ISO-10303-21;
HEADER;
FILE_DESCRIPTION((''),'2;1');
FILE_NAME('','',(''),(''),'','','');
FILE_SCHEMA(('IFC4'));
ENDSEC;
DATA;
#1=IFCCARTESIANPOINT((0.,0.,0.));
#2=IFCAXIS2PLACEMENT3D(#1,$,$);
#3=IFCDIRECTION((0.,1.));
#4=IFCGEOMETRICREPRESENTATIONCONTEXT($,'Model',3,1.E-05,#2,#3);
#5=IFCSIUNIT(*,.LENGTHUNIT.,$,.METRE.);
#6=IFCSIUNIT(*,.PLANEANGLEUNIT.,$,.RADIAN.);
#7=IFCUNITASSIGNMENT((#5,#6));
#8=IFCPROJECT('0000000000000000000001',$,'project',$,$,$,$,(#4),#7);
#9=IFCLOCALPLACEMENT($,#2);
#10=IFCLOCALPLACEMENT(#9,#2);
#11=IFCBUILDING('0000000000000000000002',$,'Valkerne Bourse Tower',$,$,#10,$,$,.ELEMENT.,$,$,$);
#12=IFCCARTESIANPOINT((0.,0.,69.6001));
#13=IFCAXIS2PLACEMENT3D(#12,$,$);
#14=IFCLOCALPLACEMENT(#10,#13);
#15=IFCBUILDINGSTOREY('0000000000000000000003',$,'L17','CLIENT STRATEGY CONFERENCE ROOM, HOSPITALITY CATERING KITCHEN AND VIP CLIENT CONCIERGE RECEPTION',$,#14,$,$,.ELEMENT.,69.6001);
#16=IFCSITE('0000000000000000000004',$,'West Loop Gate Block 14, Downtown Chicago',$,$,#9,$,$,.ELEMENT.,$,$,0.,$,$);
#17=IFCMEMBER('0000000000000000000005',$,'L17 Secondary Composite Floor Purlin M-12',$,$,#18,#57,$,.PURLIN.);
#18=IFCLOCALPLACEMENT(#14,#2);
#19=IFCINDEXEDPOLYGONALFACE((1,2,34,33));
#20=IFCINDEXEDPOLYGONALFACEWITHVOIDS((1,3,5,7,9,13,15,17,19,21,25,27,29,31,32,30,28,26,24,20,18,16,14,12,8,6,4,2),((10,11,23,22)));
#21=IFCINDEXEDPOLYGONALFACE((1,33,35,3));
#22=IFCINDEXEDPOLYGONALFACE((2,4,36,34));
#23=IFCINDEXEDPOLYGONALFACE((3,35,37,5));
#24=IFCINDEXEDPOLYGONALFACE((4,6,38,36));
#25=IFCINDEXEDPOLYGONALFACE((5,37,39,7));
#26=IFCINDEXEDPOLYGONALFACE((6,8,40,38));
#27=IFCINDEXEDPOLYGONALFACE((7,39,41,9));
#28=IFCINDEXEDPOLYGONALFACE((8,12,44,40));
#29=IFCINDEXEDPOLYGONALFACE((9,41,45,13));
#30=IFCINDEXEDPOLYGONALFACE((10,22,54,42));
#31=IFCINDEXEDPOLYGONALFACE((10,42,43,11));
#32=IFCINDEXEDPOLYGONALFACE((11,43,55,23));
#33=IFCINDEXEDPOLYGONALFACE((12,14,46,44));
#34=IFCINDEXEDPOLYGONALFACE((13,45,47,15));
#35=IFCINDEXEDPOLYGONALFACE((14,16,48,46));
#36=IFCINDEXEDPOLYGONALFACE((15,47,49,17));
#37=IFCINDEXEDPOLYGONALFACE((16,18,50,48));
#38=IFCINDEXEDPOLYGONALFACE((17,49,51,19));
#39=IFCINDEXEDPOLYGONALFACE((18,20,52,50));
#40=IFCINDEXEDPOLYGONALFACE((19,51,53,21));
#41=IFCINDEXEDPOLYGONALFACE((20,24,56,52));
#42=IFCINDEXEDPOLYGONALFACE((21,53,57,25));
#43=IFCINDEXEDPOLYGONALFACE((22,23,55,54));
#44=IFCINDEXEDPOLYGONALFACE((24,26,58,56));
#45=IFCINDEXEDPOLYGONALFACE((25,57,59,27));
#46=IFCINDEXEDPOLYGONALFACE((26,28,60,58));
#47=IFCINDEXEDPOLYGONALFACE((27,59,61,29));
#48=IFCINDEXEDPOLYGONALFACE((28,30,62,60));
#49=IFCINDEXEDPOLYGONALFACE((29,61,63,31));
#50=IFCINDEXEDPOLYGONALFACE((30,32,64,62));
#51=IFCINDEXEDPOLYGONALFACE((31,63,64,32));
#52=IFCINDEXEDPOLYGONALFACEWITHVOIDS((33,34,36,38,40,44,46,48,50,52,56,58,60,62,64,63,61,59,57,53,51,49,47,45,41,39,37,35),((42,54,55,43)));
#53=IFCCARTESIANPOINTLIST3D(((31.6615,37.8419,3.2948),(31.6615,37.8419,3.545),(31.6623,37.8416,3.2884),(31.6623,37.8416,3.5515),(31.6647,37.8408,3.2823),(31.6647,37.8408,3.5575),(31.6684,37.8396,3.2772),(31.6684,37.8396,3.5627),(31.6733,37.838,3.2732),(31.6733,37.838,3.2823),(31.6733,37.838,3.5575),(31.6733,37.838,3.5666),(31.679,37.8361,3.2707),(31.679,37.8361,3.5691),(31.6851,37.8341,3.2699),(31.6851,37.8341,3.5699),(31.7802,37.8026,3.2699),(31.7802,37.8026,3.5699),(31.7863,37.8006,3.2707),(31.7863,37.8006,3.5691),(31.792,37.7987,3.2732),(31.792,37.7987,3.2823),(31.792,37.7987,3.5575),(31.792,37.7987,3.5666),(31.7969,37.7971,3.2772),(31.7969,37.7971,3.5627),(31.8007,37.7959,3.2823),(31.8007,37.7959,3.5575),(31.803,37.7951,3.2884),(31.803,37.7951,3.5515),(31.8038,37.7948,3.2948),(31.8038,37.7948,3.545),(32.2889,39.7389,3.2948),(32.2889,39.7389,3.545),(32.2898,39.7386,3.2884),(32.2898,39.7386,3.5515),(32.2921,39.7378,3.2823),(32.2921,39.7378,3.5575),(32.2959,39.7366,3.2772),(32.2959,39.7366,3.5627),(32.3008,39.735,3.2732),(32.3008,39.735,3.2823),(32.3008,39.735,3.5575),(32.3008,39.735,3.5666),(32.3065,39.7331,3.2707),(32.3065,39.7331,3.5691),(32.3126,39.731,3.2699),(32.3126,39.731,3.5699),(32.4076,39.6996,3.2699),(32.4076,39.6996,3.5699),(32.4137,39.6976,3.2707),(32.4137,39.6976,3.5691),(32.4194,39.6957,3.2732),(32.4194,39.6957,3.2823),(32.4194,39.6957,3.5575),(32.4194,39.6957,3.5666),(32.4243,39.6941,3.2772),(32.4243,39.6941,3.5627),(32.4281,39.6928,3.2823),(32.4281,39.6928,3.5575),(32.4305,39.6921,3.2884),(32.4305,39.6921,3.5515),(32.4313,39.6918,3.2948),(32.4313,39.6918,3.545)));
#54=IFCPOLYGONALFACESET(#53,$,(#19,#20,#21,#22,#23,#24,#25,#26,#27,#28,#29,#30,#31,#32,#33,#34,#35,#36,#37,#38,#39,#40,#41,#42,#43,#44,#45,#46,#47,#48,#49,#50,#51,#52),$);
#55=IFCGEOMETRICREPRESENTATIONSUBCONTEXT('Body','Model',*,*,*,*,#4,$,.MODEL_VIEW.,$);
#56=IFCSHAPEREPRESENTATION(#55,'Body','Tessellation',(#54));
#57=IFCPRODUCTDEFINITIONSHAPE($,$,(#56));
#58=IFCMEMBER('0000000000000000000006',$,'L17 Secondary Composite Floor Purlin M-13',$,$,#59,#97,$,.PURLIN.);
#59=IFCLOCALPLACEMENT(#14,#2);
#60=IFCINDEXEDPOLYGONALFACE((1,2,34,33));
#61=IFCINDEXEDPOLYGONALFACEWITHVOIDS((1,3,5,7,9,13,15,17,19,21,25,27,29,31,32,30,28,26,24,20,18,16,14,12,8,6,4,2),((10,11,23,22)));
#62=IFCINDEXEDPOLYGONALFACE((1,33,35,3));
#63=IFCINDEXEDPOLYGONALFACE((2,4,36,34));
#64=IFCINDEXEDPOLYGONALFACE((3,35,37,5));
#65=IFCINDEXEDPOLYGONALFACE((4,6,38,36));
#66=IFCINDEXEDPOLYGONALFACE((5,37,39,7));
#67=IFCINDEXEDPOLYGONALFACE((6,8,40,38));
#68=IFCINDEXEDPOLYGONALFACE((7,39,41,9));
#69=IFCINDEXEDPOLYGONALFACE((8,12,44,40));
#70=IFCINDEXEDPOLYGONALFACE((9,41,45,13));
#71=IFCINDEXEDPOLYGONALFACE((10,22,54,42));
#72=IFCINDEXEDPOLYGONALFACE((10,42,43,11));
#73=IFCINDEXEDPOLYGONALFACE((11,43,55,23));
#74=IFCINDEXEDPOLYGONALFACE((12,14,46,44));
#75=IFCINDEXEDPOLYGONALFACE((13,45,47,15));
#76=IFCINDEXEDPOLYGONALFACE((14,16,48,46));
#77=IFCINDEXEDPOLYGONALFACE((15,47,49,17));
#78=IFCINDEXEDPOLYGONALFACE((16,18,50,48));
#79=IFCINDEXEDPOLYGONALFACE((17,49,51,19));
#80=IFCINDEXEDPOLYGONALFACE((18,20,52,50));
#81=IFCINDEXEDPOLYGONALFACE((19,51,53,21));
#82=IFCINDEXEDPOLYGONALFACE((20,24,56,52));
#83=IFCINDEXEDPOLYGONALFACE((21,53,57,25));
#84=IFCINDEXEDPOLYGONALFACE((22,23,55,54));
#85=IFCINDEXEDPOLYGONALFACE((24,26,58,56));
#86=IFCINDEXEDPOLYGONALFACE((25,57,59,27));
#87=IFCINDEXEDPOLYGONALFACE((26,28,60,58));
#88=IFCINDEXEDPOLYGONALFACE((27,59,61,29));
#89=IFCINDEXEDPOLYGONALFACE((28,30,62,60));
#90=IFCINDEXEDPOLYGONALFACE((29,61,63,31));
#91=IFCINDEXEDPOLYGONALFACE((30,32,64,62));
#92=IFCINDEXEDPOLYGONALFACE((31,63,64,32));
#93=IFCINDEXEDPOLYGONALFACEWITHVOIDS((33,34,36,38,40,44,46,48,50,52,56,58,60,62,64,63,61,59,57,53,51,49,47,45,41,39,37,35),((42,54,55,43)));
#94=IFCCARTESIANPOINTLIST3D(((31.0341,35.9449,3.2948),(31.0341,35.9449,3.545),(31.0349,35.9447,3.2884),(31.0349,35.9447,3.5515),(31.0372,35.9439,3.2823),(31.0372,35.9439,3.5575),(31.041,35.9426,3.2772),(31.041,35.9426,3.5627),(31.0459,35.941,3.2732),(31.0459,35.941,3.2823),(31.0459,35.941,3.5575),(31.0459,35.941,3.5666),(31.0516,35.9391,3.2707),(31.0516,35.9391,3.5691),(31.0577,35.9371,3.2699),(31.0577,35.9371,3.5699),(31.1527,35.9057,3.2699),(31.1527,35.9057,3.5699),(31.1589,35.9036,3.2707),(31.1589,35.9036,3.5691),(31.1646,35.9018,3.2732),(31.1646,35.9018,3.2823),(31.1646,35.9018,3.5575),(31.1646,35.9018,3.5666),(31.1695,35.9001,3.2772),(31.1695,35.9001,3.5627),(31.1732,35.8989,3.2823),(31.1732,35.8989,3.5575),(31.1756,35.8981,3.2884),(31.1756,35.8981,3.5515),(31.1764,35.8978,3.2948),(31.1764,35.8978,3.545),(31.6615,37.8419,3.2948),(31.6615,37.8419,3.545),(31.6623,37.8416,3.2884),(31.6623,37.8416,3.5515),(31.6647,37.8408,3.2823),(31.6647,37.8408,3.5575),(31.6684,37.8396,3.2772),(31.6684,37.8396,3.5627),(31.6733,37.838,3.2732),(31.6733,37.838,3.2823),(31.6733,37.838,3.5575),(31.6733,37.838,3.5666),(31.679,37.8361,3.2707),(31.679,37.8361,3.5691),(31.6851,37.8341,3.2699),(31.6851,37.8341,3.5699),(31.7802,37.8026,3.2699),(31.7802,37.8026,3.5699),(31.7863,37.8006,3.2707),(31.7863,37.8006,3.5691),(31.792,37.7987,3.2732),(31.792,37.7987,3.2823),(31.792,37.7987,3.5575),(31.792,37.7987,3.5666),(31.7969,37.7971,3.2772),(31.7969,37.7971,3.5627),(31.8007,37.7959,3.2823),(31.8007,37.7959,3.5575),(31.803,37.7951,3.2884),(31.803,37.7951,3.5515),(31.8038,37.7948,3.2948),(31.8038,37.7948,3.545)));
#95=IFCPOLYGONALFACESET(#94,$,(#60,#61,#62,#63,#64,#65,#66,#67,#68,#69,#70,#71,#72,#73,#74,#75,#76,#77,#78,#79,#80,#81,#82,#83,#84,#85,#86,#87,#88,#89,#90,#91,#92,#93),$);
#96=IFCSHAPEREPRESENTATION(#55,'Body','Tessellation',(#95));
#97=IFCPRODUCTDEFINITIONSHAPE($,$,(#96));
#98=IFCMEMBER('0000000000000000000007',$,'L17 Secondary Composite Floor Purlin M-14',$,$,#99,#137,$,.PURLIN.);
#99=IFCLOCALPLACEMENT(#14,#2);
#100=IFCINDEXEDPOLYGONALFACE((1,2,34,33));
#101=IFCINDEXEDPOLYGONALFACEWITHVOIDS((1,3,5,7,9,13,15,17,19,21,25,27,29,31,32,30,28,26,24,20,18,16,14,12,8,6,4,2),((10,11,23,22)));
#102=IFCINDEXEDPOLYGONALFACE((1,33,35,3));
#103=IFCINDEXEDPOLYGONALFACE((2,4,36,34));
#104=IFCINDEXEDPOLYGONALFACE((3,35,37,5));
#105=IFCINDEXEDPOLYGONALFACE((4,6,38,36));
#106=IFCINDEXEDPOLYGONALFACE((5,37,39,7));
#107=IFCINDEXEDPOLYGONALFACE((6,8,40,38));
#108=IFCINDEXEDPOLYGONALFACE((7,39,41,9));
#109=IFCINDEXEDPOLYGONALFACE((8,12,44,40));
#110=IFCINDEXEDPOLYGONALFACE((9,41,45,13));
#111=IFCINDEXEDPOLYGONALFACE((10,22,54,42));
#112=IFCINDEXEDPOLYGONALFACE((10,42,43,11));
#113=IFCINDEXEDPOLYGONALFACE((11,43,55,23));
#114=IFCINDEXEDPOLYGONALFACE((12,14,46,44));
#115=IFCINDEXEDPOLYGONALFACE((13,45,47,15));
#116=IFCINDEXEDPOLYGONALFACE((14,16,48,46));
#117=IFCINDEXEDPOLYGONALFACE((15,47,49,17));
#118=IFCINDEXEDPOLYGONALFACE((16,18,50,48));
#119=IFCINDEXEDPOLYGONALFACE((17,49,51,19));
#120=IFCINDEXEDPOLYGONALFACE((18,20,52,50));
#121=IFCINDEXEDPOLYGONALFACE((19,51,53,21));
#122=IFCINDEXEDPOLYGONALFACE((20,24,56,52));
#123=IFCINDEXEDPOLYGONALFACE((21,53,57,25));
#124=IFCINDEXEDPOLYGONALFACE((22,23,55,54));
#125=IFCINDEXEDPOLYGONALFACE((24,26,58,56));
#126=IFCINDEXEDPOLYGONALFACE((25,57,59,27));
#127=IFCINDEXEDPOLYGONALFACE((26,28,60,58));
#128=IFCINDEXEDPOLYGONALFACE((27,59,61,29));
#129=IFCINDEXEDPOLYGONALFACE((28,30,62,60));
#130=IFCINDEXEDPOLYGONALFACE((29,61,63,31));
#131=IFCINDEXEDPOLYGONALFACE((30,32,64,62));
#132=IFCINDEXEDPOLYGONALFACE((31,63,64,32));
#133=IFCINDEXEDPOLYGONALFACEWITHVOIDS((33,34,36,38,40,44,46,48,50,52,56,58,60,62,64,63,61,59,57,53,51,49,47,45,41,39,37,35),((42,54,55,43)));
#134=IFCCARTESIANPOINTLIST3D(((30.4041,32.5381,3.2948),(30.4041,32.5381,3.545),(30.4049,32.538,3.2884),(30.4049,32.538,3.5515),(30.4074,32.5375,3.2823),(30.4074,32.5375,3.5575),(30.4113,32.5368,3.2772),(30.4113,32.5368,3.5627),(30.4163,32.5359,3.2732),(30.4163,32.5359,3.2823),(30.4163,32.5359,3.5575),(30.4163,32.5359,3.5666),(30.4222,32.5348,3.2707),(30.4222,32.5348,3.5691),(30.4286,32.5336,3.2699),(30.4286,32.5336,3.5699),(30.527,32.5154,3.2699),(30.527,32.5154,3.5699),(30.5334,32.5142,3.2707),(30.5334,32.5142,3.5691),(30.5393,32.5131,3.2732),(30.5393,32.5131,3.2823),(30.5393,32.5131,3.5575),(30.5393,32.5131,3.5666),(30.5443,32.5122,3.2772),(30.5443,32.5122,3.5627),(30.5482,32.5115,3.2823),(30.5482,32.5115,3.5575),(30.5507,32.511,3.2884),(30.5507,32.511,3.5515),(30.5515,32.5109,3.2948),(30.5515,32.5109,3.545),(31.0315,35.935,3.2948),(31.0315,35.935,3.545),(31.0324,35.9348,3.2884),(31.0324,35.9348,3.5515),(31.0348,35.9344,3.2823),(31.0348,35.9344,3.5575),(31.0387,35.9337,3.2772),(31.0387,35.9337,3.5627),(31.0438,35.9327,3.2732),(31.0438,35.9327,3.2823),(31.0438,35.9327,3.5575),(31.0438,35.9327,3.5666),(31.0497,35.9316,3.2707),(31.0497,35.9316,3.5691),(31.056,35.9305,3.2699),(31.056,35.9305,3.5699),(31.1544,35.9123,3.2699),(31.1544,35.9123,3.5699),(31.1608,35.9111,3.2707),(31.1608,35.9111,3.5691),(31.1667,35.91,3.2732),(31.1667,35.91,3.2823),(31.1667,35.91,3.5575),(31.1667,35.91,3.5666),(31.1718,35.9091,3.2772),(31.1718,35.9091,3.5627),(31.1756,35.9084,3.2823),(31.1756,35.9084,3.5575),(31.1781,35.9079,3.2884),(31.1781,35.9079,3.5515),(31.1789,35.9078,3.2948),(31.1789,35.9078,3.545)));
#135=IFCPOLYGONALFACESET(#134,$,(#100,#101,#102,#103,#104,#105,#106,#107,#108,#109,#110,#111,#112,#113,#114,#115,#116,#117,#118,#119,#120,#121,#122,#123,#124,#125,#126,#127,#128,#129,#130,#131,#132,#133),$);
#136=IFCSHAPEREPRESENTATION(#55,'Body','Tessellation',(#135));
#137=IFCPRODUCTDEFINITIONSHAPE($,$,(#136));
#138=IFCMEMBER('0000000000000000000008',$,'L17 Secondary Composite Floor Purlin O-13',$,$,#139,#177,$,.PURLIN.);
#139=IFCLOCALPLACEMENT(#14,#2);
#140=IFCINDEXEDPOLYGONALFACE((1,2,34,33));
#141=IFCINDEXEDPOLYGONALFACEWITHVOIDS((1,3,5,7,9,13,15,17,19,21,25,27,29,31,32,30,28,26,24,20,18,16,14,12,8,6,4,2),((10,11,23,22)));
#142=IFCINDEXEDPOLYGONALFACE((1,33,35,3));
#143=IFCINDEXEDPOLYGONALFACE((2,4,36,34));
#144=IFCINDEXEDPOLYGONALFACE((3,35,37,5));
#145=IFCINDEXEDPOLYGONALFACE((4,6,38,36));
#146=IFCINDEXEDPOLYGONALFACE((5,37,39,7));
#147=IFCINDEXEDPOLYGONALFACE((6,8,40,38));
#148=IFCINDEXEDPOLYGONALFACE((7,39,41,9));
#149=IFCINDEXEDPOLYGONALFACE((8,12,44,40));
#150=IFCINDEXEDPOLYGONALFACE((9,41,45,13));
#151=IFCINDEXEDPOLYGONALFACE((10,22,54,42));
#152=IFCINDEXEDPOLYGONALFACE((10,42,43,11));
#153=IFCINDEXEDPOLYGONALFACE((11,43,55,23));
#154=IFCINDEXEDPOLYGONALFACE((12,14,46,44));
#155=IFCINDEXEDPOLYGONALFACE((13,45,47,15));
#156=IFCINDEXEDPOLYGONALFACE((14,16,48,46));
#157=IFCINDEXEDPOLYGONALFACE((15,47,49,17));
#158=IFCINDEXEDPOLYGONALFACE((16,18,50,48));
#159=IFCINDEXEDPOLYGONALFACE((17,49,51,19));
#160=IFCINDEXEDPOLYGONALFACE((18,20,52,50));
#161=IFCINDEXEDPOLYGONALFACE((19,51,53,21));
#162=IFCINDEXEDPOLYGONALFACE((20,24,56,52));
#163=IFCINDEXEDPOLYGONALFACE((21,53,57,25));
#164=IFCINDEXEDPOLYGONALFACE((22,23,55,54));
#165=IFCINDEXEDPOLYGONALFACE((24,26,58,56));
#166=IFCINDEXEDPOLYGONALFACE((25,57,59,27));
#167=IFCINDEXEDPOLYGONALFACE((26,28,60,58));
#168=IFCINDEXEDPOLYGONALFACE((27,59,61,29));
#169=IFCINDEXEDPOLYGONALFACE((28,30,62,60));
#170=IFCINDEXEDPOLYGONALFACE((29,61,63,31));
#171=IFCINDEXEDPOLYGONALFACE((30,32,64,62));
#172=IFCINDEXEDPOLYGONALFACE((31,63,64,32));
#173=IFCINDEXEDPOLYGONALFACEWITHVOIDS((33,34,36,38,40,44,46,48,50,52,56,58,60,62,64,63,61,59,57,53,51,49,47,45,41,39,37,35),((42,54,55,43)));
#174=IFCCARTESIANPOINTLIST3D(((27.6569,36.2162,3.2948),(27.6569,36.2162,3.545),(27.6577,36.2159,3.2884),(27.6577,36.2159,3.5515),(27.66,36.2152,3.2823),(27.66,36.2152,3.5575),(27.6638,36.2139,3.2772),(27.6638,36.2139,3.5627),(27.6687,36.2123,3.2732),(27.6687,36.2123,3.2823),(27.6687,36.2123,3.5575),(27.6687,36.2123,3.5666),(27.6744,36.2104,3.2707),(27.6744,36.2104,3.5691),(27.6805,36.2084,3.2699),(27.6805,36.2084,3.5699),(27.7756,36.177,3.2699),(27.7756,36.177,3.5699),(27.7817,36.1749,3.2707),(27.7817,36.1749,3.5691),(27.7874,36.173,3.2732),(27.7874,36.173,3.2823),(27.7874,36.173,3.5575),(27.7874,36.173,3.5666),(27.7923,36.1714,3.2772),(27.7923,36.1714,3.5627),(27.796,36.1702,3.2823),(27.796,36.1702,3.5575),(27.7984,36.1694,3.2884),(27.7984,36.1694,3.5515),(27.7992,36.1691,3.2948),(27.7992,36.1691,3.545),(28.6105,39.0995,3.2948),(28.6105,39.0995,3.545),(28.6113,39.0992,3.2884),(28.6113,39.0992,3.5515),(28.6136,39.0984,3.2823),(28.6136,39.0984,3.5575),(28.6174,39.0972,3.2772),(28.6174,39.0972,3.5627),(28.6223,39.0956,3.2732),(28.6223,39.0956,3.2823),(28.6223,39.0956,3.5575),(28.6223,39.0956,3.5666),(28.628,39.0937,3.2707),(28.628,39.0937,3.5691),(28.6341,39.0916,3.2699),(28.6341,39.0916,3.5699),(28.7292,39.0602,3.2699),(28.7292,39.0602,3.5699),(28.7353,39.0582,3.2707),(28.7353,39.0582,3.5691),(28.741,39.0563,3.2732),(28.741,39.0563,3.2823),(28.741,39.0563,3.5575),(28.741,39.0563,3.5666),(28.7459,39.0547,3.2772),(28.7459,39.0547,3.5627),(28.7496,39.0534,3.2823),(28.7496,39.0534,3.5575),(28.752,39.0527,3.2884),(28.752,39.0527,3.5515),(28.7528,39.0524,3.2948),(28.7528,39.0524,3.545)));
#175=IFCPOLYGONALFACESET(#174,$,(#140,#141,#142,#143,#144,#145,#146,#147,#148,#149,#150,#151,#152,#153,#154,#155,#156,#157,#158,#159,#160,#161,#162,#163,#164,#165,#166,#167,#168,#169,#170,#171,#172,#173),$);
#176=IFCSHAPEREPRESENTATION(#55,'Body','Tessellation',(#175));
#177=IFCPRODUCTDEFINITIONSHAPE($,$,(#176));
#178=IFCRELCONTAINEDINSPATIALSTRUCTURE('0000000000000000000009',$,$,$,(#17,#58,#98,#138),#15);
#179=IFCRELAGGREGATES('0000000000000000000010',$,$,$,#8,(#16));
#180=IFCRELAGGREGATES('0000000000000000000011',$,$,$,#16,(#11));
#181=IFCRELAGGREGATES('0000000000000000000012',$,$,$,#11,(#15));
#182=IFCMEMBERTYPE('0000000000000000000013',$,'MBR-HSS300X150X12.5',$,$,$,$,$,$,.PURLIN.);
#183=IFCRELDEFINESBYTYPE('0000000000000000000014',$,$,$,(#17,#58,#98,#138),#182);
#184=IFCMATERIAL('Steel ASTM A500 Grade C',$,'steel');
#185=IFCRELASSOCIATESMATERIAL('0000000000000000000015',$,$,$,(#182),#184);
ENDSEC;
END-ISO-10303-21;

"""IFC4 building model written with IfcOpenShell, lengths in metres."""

from ifc_helpers import new_model, si_unit, direction, frame, origin, origin_2d, place, context, subcontext, project, spatial, hollow_rectangle, extrude, material, material_profile, profile_set, type_object, element, save


model = new_model("IFC4")

# Units and contexts
model_context = context("Model", 3, precision=1e-05, world=origin(), true_north=direction((0.0, 1.0)))
body_context = subcontext(model_context, "Body", "Model", "MODEL_VIEW")
ifc_project = project(units=[si_unit("LENGTHUNIT", "METRE"), si_unit("PLANEANGLEUNIT", "RADIAN")], contexts=[model_context])

# Site, building, storey
site_placement = place(None, origin())
site = spatial("IfcSite", under=ifc_project, at=site_placement, Name="West Loop Gate Block 14, Downtown Chicago", CompositionType="ELEMENT", RefElevation=0.0)
building_placement = place(site_placement, origin())
building = spatial("IfcBuilding", under=site, at=building_placement, Name="Valkerne Bourse Tower", CompositionType="ELEMENT")
storey_placement = place(building_placement, frame((0.0, 0.0, 69.6001)))
storey = spatial("IfcBuildingStorey", under=building, at=storey_placement, Name="L17", Description="CLIENT STRATEGY CONFERENCE ROOM, HOSPITALITY CATERING KITCHEN AND VIP CLIENT CONCIERGE RECEPTION", CompositionType="ELEMENT", Elevation=69.6001)

# Members
ifc_material_1 = material(Name="Steel ASTM A500 Grade C", Category="steel")
ifc_material_profile_1 = material_profile(ifc_material_1, hollow_rectangle(XDim=0.1499, YDim=0.3, WallThickness=0.0125, OuterFilletRadius=0.0249, at=origin_2d()), Name="HSS300X150X12.5")
ifc_profile_set_1 = profile_set([ifc_material_profile_1], Name="Steel ASTM A500 Grade C")
member_type_1 = type_object("IfcMemberType", Name="MBR-HSS300X150X12.5", PredefinedType="PURLIN", material=ifc_profile_set_1)
for number, where, z_axis, x_axis, name in (
    (1, (32.3601, 39.7153, 3.4199), (-0.314028, -0.949414, 0.0), (0.949414, -0.314028, 0.0), "L17 Secondary Composite Floor Purlin M-12"),
    (2, (31.7327, 37.8184, 3.4199), (-0.314028, -0.949414, 0.0), (0.949414, -0.314028, 0.0), "L17 Secondary Composite Floor Purlin M-13"),
):
    element("IfcMember", number, at=place(storey_placement, frame(where, z_axis=z_axis, x_axis=x_axis)), inside=storey, type_object=member_type_1, Name=name, PredefinedType="PURLIN", context=body_context, shape_type="SweptSolid", body=[
        extrude(hollow_rectangle(XDim=0.1499, YDim=0.3, WallThickness=0.0125, OuterFilletRadius=0.0249, at=origin_2d()), origin(), (0.0, 0.0, 1.0), 1.998),
    ])
member_1_placement = place(storey_placement, frame((31.1052, 35.9214, 3.4199), z_axis=(-0.181634, -0.983366, 0.0), x_axis=(0.983366, -0.181634, 0.0)))
element("IfcMember", 3, at=member_1_placement, inside=storey, type_object=member_type_1, Name="L17 Secondary Composite Floor Purlin M-14", PredefinedType="PURLIN", context=body_context, shape_type="SweptSolid", body=[
    extrude(hollow_rectangle(XDim=0.1499, YDim=0.3, WallThickness=0.0125, OuterFilletRadius=0.0249, at=origin_2d()), origin(), (0.0, 0.0, 1.0), 3.4543),
])
member_2_placement = place(storey_placement, frame((28.6816, 39.0759, 3.4199), z_axis=(-0.314008, -0.94942, 0.0), x_axis=(0.94942, -0.314008, 0.0)))
element("IfcMember", 4, at=member_2_placement, inside=storey, type_object=member_type_1, Name="L17 Secondary Composite Floor Purlin O-13", PredefinedType="PURLIN", context=body_context, shape_type="SweptSolid", body=[
    extrude(hollow_rectangle(XDim=0.1499, YDim=0.3, WallThickness=0.0125, OuterFilletRadius=0.0249, at=origin_2d()), origin(), (0.0, 0.0, 1.0), 3.0369),
])

save(model, "model.ifc")
